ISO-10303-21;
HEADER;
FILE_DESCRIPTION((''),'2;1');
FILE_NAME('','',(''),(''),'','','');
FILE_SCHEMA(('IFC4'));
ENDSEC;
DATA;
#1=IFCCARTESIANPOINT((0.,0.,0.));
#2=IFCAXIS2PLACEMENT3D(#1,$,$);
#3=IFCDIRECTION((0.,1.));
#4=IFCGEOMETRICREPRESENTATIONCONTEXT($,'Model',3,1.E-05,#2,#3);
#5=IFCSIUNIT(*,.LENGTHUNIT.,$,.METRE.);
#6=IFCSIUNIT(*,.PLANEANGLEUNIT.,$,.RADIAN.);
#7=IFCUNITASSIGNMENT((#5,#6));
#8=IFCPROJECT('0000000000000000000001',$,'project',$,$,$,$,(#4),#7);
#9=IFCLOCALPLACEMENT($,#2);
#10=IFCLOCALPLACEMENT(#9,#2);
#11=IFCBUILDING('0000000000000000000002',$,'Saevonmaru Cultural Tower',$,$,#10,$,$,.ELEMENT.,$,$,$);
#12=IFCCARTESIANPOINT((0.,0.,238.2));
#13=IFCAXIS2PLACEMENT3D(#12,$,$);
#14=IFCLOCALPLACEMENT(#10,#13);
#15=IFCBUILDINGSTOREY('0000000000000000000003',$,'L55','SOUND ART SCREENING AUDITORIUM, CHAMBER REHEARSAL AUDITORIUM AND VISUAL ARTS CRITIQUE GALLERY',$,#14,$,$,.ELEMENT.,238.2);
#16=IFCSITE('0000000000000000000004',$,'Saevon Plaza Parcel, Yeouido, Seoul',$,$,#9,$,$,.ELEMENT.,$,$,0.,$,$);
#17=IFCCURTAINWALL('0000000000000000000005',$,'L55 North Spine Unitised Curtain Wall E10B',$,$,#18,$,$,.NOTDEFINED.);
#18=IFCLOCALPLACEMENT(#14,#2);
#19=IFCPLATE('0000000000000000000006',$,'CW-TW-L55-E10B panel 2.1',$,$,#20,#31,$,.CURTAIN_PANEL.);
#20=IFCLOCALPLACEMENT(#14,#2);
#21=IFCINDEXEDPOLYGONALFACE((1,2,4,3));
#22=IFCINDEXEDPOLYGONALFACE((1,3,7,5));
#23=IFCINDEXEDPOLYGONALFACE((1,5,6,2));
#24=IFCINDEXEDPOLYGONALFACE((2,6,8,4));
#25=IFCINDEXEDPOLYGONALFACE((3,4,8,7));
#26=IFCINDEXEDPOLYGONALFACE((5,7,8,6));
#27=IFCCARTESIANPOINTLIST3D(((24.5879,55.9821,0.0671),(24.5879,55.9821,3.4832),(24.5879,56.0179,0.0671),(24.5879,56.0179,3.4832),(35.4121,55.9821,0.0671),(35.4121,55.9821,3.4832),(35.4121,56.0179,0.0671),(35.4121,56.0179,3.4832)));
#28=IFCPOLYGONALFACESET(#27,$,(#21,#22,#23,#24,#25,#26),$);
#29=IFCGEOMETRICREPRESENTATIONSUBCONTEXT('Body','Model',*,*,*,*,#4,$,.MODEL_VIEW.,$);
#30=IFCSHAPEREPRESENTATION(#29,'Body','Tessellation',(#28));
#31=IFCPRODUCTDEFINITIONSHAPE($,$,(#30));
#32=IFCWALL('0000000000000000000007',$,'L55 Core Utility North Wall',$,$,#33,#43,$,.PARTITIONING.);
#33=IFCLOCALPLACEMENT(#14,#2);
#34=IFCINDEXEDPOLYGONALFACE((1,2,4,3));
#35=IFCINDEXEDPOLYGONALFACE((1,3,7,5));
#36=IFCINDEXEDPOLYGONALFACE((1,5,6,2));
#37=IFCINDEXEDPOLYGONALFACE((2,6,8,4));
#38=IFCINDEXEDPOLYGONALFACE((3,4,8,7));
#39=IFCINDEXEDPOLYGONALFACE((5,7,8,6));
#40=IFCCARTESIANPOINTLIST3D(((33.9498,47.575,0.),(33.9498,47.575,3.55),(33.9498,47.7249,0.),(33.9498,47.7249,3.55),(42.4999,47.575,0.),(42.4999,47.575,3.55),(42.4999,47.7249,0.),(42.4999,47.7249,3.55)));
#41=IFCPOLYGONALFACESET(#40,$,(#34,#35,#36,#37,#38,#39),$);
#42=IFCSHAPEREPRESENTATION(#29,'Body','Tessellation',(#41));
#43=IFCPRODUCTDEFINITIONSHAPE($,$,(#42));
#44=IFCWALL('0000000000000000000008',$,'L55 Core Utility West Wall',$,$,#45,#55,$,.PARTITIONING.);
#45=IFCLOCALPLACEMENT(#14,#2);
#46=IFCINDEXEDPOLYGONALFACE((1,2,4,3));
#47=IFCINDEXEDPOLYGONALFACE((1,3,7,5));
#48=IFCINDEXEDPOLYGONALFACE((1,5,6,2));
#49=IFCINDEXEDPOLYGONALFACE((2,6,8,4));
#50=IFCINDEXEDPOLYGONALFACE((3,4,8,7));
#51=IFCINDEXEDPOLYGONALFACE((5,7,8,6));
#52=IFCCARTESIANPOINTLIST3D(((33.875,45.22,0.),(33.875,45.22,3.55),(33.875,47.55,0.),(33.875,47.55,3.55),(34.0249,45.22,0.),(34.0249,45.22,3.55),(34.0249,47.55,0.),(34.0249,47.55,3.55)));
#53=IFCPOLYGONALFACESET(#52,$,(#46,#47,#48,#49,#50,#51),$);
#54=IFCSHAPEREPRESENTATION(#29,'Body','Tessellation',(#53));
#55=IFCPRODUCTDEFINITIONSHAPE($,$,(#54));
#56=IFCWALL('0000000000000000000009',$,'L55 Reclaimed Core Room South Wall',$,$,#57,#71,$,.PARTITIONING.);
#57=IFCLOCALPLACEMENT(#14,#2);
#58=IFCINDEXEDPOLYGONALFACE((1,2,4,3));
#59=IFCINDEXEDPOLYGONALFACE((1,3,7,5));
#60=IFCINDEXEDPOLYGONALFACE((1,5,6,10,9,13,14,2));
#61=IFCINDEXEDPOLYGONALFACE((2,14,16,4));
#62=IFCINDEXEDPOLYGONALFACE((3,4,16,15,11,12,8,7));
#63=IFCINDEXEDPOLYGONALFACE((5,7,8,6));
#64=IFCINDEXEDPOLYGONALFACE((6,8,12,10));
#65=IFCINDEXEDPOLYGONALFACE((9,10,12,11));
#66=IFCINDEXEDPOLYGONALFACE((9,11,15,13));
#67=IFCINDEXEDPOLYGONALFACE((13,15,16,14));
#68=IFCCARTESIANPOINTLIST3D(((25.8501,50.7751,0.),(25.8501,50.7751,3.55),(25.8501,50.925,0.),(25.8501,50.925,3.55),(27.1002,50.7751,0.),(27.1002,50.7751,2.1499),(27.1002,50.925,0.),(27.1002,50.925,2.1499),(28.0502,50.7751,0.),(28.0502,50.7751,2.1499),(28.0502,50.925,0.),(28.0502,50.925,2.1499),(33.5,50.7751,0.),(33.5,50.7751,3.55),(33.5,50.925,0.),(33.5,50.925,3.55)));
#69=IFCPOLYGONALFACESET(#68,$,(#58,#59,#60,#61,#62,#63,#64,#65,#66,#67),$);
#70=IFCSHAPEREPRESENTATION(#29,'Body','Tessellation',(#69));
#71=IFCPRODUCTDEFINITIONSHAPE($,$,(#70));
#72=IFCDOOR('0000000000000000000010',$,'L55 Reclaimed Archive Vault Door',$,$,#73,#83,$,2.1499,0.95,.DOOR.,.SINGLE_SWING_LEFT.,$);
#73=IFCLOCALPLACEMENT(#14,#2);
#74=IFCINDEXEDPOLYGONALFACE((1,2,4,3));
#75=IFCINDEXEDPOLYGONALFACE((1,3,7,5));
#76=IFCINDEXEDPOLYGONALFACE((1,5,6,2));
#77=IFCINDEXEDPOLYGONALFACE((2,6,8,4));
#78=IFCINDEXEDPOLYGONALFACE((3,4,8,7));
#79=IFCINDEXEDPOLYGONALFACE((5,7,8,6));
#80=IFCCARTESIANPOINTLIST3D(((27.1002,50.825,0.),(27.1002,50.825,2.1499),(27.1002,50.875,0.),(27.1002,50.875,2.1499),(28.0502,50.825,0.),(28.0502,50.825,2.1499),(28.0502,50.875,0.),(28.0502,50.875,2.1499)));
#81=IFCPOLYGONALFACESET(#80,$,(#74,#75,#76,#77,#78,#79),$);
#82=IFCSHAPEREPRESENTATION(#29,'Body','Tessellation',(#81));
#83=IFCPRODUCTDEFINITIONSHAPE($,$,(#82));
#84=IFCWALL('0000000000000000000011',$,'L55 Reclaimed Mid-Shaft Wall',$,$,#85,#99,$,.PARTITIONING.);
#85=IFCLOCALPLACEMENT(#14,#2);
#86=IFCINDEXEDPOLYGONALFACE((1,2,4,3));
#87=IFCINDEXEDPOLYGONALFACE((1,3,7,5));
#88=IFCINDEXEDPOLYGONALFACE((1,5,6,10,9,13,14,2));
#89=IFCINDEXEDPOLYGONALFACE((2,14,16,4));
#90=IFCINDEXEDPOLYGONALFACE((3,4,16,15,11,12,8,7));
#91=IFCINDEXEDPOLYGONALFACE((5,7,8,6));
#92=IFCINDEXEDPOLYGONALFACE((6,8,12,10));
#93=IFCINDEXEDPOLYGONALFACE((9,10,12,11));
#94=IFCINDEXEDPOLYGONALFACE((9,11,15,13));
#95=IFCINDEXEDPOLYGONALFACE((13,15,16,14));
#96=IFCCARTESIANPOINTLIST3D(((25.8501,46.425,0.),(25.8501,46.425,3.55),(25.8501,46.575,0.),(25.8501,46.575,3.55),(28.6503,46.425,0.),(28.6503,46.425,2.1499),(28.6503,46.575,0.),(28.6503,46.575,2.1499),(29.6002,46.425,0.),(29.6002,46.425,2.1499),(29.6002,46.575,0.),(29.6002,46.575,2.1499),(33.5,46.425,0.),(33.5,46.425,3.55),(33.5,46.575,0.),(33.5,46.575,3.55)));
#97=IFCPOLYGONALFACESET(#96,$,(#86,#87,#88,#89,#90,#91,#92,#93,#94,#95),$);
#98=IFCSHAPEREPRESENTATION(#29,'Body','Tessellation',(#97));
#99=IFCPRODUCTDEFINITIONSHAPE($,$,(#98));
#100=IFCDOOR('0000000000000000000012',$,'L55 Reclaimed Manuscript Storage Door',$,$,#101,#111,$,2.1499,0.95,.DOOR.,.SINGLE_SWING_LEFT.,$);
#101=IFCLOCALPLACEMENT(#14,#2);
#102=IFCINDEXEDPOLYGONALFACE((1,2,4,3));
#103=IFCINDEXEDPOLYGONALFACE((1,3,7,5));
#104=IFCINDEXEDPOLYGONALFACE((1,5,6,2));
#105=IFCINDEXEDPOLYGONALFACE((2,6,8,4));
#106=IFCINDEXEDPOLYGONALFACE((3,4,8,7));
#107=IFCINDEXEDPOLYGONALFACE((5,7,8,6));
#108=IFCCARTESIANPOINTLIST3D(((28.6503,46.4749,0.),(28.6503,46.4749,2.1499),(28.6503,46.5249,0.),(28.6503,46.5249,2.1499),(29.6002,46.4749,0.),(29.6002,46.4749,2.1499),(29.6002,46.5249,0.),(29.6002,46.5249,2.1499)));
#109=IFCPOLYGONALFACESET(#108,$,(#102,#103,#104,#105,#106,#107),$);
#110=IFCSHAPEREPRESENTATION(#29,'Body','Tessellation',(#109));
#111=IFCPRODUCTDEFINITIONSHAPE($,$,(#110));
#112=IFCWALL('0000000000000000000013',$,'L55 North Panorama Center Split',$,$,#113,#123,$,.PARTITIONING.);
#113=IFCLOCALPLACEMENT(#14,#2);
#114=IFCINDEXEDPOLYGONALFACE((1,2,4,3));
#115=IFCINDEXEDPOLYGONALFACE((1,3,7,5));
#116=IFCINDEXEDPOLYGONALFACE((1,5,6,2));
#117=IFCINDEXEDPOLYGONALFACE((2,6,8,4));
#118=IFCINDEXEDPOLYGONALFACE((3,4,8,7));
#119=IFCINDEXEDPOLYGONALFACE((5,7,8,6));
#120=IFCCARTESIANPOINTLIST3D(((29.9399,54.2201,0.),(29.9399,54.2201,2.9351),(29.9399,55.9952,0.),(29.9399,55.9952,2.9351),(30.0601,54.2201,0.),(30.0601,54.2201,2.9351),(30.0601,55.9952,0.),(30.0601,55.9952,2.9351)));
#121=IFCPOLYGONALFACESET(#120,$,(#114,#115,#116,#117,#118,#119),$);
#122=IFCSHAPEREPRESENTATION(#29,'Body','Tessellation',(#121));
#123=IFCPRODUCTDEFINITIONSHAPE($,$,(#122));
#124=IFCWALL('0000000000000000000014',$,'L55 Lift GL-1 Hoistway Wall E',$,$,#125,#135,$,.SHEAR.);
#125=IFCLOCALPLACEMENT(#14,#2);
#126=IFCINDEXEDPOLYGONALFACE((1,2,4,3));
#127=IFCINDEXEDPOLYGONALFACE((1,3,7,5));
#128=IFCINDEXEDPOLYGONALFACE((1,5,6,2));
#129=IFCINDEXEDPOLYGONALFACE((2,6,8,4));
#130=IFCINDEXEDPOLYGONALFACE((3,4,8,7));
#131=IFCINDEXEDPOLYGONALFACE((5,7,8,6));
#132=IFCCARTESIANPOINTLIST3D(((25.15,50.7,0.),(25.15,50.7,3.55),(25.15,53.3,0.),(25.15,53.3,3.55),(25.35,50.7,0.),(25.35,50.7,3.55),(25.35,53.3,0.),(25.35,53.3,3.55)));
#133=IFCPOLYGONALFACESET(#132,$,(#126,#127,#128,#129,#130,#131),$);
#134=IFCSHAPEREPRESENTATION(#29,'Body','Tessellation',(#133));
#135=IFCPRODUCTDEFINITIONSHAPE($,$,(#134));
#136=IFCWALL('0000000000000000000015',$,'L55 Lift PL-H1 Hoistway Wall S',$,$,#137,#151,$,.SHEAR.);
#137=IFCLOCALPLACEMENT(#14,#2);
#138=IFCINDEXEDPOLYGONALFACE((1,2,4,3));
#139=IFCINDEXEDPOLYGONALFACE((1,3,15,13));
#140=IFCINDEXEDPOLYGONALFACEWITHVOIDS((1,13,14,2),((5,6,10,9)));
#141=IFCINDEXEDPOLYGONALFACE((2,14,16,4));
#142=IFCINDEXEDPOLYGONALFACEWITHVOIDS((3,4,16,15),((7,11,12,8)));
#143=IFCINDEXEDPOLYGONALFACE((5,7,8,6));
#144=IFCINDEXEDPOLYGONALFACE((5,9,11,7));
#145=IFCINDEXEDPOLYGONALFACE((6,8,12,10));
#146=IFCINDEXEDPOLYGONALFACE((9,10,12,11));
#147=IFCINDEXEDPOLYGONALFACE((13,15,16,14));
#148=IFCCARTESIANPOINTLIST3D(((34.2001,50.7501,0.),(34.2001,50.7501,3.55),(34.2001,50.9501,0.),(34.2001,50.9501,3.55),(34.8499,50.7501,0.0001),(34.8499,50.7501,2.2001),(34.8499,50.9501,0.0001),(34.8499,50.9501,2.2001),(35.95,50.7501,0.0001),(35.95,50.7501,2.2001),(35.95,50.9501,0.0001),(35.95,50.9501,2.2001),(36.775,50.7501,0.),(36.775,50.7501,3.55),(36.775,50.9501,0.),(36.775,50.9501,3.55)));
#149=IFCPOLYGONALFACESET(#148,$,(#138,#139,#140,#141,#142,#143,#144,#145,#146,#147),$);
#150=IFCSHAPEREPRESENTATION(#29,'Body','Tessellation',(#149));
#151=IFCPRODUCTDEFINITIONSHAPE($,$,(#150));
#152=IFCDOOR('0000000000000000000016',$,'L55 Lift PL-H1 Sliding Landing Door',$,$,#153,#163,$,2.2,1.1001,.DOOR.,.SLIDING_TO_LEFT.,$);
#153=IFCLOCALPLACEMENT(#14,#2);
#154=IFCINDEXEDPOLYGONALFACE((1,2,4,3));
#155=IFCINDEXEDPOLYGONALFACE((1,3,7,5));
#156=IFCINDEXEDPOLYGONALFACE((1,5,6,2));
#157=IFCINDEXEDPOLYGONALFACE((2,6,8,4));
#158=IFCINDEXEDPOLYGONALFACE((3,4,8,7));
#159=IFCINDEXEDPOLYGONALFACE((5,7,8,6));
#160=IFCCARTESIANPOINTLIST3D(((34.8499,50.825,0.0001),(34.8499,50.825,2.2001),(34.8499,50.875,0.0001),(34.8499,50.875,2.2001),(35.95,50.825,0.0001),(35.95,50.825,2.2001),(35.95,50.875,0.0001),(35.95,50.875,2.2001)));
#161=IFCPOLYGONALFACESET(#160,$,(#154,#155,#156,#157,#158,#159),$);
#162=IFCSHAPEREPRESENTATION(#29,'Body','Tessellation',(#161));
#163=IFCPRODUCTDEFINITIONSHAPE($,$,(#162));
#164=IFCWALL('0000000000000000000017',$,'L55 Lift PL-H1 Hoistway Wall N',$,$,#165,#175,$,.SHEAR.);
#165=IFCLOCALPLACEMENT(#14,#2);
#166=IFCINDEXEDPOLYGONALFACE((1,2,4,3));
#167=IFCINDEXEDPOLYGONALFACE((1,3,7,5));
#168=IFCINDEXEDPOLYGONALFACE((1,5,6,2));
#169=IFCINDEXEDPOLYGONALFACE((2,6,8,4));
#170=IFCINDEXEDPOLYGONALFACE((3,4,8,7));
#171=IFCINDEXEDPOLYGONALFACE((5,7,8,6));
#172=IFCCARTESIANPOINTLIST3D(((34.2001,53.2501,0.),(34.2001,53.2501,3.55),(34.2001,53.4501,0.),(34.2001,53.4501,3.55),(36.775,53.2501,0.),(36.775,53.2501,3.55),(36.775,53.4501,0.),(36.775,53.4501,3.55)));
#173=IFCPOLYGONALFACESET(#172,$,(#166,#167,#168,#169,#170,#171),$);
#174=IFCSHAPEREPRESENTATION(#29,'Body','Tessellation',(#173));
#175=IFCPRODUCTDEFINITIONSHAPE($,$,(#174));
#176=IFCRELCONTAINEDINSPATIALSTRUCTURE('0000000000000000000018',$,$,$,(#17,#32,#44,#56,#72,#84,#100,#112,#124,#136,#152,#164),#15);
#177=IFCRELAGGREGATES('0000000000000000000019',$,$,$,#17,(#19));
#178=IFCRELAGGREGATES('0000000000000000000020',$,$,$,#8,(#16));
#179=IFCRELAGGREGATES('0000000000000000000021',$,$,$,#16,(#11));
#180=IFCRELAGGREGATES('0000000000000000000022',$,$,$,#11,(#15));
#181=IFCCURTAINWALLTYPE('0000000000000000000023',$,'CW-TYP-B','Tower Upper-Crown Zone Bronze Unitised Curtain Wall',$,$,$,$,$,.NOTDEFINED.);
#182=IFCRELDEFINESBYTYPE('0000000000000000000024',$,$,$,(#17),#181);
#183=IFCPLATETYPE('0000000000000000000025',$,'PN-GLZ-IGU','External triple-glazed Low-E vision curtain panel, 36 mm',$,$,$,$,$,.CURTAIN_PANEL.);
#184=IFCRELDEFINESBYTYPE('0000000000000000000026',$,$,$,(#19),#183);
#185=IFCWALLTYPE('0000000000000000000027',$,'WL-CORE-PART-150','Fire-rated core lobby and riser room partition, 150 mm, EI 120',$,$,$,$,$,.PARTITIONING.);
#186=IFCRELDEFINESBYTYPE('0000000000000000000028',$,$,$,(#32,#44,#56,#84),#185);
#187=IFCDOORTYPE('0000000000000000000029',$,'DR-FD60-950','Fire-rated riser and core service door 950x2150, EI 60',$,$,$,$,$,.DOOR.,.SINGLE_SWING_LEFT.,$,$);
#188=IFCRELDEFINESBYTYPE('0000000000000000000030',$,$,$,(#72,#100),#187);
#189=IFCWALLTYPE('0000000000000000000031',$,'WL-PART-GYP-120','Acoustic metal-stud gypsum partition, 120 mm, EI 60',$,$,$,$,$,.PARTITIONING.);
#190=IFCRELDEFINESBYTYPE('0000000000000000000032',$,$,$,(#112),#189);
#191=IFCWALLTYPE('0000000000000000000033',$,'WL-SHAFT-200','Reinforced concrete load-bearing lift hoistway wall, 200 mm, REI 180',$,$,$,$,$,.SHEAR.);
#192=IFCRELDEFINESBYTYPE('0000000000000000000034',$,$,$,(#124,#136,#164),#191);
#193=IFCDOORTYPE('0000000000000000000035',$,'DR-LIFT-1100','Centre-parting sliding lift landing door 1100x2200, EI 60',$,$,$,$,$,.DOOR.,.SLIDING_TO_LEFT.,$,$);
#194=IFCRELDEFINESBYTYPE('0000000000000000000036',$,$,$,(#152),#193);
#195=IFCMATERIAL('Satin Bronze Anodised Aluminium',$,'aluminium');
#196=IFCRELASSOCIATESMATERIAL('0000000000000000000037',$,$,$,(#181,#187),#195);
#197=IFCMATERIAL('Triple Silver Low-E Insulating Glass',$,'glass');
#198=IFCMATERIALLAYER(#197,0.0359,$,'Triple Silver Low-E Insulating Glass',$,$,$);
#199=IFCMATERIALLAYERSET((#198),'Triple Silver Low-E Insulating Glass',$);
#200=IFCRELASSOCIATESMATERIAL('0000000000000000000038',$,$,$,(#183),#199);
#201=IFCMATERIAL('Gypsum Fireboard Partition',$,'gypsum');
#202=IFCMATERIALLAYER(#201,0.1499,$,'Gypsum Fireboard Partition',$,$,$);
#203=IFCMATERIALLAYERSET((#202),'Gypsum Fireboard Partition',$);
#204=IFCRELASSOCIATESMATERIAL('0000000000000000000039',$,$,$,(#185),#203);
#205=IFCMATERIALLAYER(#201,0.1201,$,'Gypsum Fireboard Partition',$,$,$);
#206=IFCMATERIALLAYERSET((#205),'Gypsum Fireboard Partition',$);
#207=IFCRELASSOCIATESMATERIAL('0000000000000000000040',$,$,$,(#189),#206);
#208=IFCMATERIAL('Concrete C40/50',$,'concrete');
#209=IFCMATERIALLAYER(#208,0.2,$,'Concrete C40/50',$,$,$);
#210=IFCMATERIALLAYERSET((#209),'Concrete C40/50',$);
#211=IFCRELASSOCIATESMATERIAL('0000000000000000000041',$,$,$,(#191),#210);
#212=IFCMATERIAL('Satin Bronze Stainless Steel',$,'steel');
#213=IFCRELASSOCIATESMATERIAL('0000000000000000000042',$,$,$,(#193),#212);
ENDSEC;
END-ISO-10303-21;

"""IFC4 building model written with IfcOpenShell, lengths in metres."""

from ifc_helpers import new_model, si_unit, direction, frame, frame_2d, origin, origin_2d, place, context, subcontext, project, spatial, rectangle, extrude, material, layer, layer_set, type_object, element, fill, aggregate, save


model = new_model("IFC4")

# Units and contexts
model_context = context("Model", 3, precision=1e-05, world=origin(), true_north=direction((0.0, 1.0)))
body_context = subcontext(model_context, "Body", "Model", "MODEL_VIEW")
ifc_project = project(units=[si_unit("LENGTHUNIT", "METRE"), si_unit("PLANEANGLEUNIT", "RADIAN")], contexts=[model_context])

# Site, building, storey
site_placement = place(None, origin())
site = spatial("IfcSite", under=ifc_project, at=site_placement, Name="Saevon Plaza Parcel, Yeouido, Seoul", CompositionType="ELEMENT", RefElevation=0.0)
building_placement = place(site_placement, origin())
building = spatial("IfcBuilding", under=site, at=building_placement, Name="Saevonmaru Cultural Tower", CompositionType="ELEMENT")
storey_placement = place(building_placement, frame((0.0, 0.0, 238.2)))
storey = spatial("IfcBuildingStorey", under=building, at=storey_placement, Name="L55", Description="SOUND ART SCREENING AUDITORIUM, CHAMBER REHEARSAL AUDITORIUM AND VISUAL ARTS CRITIQUE GALLERY", CompositionType="ELEMENT", Elevation=238.2)

# Curtain wall, plate
ifc_material_1 = material(Name="Satin Bronze Anodised Aluminium", Category="aluminium")
curtain_wall_type = type_object("IfcCurtainWallType", Name="CW-TYP-B", Description="Tower Upper-Crown Zone Bronze Unitised Curtain Wall", PredefinedType="NOTDEFINED", material=ifc_material_1)
curtain_wall_placement = place(storey_placement, origin())
curtain_wall = element("IfcCurtainWall", 1, at=curtain_wall_placement, inside=storey, type_object=curtain_wall_type, Name="L55 North Spine Unitised Curtain Wall E10B", PredefinedType="NOTDEFINED")
ifc_material_2 = material(Name="Triple Silver Low-E Insulating Glass", Category="glass")
ifc_layer_1 = layer(ifc_material_2, 0.0359, Name="Triple Silver Low-E Insulating Glass")
ifc_layer_set_1 = layer_set([ifc_layer_1], Name="Triple Silver Low-E Insulating Glass")
plate_type = type_object("IfcPlateType", Name="PN-GLZ-IGU", Description="External triple-glazed Low-E vision curtain panel, 36 mm", PredefinedType="CURTAIN_PANEL", material=ifc_layer_set_1)
plate_placement = place(storey_placement, frame((30.0, 56.0, 0.0671), z_axis=(0.0, 0.0, 1.0), x_axis=(-1.0, 0.0, 0.0)))
plate = element("IfcPlate", 2, at=plate_placement, type_object=plate_type, Name="CW-TW-L55-E10B panel 2.1", PredefinedType="CURTAIN_PANEL", context=body_context, shape_type="SweptSolid", body=[
    extrude(rectangle(XDim=10.8242, YDim=0.0359, at=origin_2d()), origin(), (0.0, 0.0, 1.0), 3.416),
])
aggregate(curtain_wall, [plate])

# Shared definitions
ifc_material_3 = material(Name="Gypsum Fireboard Partition", Category="gypsum")
ifc_layer_2 = layer(ifc_material_3, 0.1499, Name="Gypsum Fireboard Partition")
ifc_layer_set_2 = layer_set([ifc_layer_2], Name="Gypsum Fireboard Partition")
wall_type_1 = type_object("IfcWallType", Name="WL-CORE-PART-150", Description="Fire-rated core lobby and riser room partition, 150 mm, EI 120", PredefinedType="PARTITIONING", material=ifc_layer_set_2)

# Shared definitions
door_type_1 = type_object("IfcDoorType", Name="DR-FD60-950", Description="Fire-rated riser and core service door 950x2150, EI 60", OperationType="SINGLE_SWING_LEFT", PredefinedType="DOOR", material=ifc_material_1)

# Walls
wall_1_placement = place(storey_placement, frame((33.95, 47.6499, 0.0), z_axis=(0.0, 0.0, 1.0), x_axis=(1.0, 0.0, 0.0)))
element("IfcWall", 3, at=wall_1_placement, inside=storey, type_object=wall_type_1, Name="L55 Core Utility North Wall", PredefinedType="PARTITIONING", context=body_context, shape_type="SweptSolid", body=[
    extrude(rectangle(XDim=8.55, YDim=0.1499, at=frame_2d((4.2749, 0.0))), origin(), (0.0, 0.0, 1.0), 3.55),
])
wall_2_placement = place(storey_placement, frame((33.95, 45.22, 0.0), z_axis=(0.0, 0.0, 1.0), x_axis=(0.0, 1.0, 0.0)))
element("IfcWall", 4, at=wall_2_placement, inside=storey, type_object=wall_type_1, Name="L55 Core Utility West Wall", PredefinedType="PARTITIONING", context=body_context, shape_type="SweptSolid", body=[
    extrude(rectangle(XDim=2.3301, YDim=0.1499, at=frame_2d((1.165, 0.0))), origin(), (0.0, 0.0, 1.0), 3.55),
])

# Walls, openings, doors
wall_3_placement = place(storey_placement, frame((25.8501, 50.8501, 0.0), z_axis=(0.0, 0.0, 1.0), x_axis=(1.0, 0.0, 0.0)))
wall_3 = element("IfcWall", 5, at=wall_3_placement, inside=storey, type_object=wall_type_1, Name="L55 Reclaimed Core Room South Wall", PredefinedType="PARTITIONING", context=body_context, shape_type="SweptSolid", body=[
    extrude(rectangle(XDim=7.6499, YDim=0.1499, at=frame_2d((3.825, 0.0))), origin(), (0.0, 0.0, 1.0), 3.55),
])
opening_1_placement = place(wall_3_placement, frame((1.25, 0.0, 0.0)))
opening_1 = element("IfcOpeningElement", 6, at=opening_1_placement, cuts=wall_3, PredefinedType="OPENING", context=body_context, shape_type="SweptSolid", body=[
    extrude(rectangle(XDim=0.95, YDim=2.1499, at=frame_2d((0.4751, 1.075))), frame((0.0, 0.085, 0.0), z_axis=(0.0, -1.0, 0.0), x_axis=(1.0, 0.0, 0.0)), (0.0, 0.0, 1.0), 0.1699),
])
door_1_placement = place(opening_1_placement, origin())
door_1 = element("IfcDoor", 7, at=door_1_placement, inside=storey, type_object=door_type_1, Name="L55 Reclaimed Archive Vault Door", OperationType="SINGLE_SWING_LEFT", OverallHeight=2.1499, OverallWidth=0.95, PredefinedType="DOOR", context=body_context, shape_type="SweptSolid", body=[
    extrude(rectangle(XDim=0.95, YDim=2.1499, at=frame_2d((0.4751, 1.075))), frame((0.0, 0.0249, 0.0), z_axis=(0.0, -1.0, 0.0), x_axis=(1.0, 0.0, 0.0)), (0.0, 0.0, 1.0), 0.05),
])
fill(opening_1, door_1)
wall_4_placement = place(storey_placement, frame((25.8501, 46.5, 0.0), z_axis=(0.0, 0.0, 1.0), x_axis=(1.0, 0.0, 0.0)))
wall_4 = element("IfcWall", 8, at=wall_4_placement, inside=storey, type_object=wall_type_1, Name="L55 Reclaimed Mid-Shaft Wall", PredefinedType="PARTITIONING", context=body_context, shape_type="SweptSolid", body=[
    extrude(rectangle(XDim=7.6499, YDim=0.1499, at=frame_2d((3.825, 0.0))), origin(), (0.0, 0.0, 1.0), 3.55),
])
opening_2_placement = place(wall_4_placement, frame((2.8, 0.0, 0.0)))
opening_2 = element("IfcOpeningElement", 9, at=opening_2_placement, cuts=wall_4, PredefinedType="OPENING", context=body_context, shape_type="SweptSolid", body=[
    extrude(rectangle(XDim=0.95, YDim=2.1499, at=frame_2d((0.4751, 1.075))), frame((0.0, 0.085, 0.0), z_axis=(0.0, -1.0, 0.0), x_axis=(1.0, 0.0, 0.0)), (0.0, 0.0, 1.0), 0.1699),
])
door_2_placement = place(opening_2_placement, origin())
door_2 = element("IfcDoor", 10, at=door_2_placement, inside=storey, type_object=door_type_1, Name="L55 Reclaimed Manuscript Storage Door", OperationType="SINGLE_SWING_LEFT", OverallHeight=2.1499, OverallWidth=0.95, PredefinedType="DOOR", context=body_context, shape_type="SweptSolid", body=[
    extrude(rectangle(XDim=0.95, YDim=2.1499, at=frame_2d((0.4751, 1.075))), frame((0.0, 0.0249, 0.0), z_axis=(0.0, -1.0, 0.0), x_axis=(1.0, 0.0, 0.0)), (0.0, 0.0, 1.0), 0.05),
])
fill(opening_2, door_2)

# Walls
ifc_layer_3 = layer(ifc_material_3, 0.1201, Name="Gypsum Fireboard Partition")
ifc_layer_set_3 = layer_set([ifc_layer_3], Name="Gypsum Fireboard Partition")
wall_type_2 = type_object("IfcWallType", Name="WL-PART-GYP-120", Description="Acoustic metal-stud gypsum partition, 120 mm, EI 60", PredefinedType="PARTITIONING", material=ifc_layer_set_3)
wall_5_placement = place(storey_placement, frame((30.0, 54.22, 0.0), z_axis=(0.0, 0.0, 1.0), x_axis=(0.0, 1.0, 0.0)))
element("IfcWall", 11, at=wall_5_placement, inside=storey, type_object=wall_type_2, Name="L55 North Panorama Center Split", PredefinedType="PARTITIONING", context=body_context, shape_type="SweptSolid", body=[
    extrude(rectangle(XDim=1.7751, YDim=0.1201, at=frame_2d((0.8877, 0.0))), origin(), (0.0, 0.0, 1.0), 2.9351),
])
ifc_material_4 = material(Name="Concrete C40/50", Category="concrete")
ifc_layer_4 = layer(ifc_material_4, 0.2, Name="Concrete C40/50")
ifc_layer_set_4 = layer_set([ifc_layer_4], Name="Concrete C40/50")
wall_type_3 = type_object("IfcWallType", Name="WL-SHAFT-200", Description="Reinforced concrete load-bearing lift hoistway wall, 200 mm, REI 180", PredefinedType="SHEAR", material=ifc_layer_set_4)
wall_6_placement = place(storey_placement, frame((25.25, 50.7, 0.0), z_axis=(0.0, 0.0, 1.0), x_axis=(0.0, 1.0, 0.0)))
element("IfcWall", 12, at=wall_6_placement, inside=storey, type_object=wall_type_3, Name="L55 Lift GL-1 Hoistway Wall E", PredefinedType="SHEAR", context=body_context, shape_type="SweptSolid", body=[
    extrude(rectangle(XDim=2.6001, YDim=0.2, at=frame_2d((1.3, 0.0))), origin(), (0.0, 0.0, 1.0), 3.55),
])

# Wall, opening, door
wall_7_placement = place(storey_placement, frame((34.2, 50.8501, 0.0), z_axis=(0.0, 0.0, 1.0), x_axis=(1.0, 0.0, 0.0)))
wall_7 = element("IfcWall", 13, at=wall_7_placement, inside=storey, type_object=wall_type_3, Name="L55 Lift PL-H1 Hoistway Wall S", PredefinedType="SHEAR", context=body_context, shape_type="SweptSolid", body=[
    extrude(rectangle(XDim=2.575, YDim=0.2, at=frame_2d((1.2876, 0.0))), origin(), (0.0, 0.0, 1.0), 3.55),
])
opening_3_placement = place(wall_7_placement, frame((0.6499, 0.0, 0.0)))
opening_3 = element("IfcOpeningElement", 14, at=opening_3_placement, cuts=wall_7, PredefinedType="OPENING", context=body_context, shape_type="SweptSolid", body=[
    extrude(rectangle(XDim=1.1001, YDim=2.2, at=frame_2d((0.55, 1.1001))), frame((0.0, 0.1099, 0.0), z_axis=(0.0, -1.0, 0.0), x_axis=(1.0, 0.0, 0.0)), (0.0, 0.0, 1.0), 0.22),
])
ifc_material_5 = material(Name="Satin Bronze Stainless Steel", Category="steel")
door_type_2 = type_object("IfcDoorType", Name="DR-LIFT-1100", Description="Centre-parting sliding lift landing door 1100x2200, EI 60", OperationType="SLIDING_TO_LEFT", PredefinedType="DOOR", material=ifc_material_5)
door_3_placement = place(opening_3_placement, origin())
door_3 = element("IfcDoor", 15, at=door_3_placement, inside=storey, type_object=door_type_2, Name="L55 Lift PL-H1 Sliding Landing Door", OperationType="SLIDING_TO_LEFT", OverallHeight=2.2, OverallWidth=1.1001, PredefinedType="DOOR", context=body_context, shape_type="SweptSolid", body=[
    extrude(rectangle(XDim=1.1001, YDim=2.2, at=frame_2d((0.55, 1.1001))), frame((0.0, 0.0249, 0.0), z_axis=(0.0, -1.0, 0.0), x_axis=(1.0, 0.0, 0.0)), (0.0, 0.0, 1.0), 0.05),
])
fill(opening_3, door_3)

# Wall
wall_8_placement = place(storey_placement, frame((34.2, 53.3501, 0.0), z_axis=(0.0, 0.0, 1.0), x_axis=(1.0, 0.0, 0.0)))
element("IfcWall", 16, at=wall_8_placement, inside=storey, type_object=wall_type_3, Name="L55 Lift PL-H1 Hoistway Wall N", PredefinedType="SHEAR", context=body_context, shape_type="SweptSolid", body=[
    extrude(rectangle(XDim=2.575, YDim=0.2, at=frame_2d((1.2876, 0.0))), origin(), (0.0, 0.0, 1.0), 3.55),
])

save(model, "model.ifc")
